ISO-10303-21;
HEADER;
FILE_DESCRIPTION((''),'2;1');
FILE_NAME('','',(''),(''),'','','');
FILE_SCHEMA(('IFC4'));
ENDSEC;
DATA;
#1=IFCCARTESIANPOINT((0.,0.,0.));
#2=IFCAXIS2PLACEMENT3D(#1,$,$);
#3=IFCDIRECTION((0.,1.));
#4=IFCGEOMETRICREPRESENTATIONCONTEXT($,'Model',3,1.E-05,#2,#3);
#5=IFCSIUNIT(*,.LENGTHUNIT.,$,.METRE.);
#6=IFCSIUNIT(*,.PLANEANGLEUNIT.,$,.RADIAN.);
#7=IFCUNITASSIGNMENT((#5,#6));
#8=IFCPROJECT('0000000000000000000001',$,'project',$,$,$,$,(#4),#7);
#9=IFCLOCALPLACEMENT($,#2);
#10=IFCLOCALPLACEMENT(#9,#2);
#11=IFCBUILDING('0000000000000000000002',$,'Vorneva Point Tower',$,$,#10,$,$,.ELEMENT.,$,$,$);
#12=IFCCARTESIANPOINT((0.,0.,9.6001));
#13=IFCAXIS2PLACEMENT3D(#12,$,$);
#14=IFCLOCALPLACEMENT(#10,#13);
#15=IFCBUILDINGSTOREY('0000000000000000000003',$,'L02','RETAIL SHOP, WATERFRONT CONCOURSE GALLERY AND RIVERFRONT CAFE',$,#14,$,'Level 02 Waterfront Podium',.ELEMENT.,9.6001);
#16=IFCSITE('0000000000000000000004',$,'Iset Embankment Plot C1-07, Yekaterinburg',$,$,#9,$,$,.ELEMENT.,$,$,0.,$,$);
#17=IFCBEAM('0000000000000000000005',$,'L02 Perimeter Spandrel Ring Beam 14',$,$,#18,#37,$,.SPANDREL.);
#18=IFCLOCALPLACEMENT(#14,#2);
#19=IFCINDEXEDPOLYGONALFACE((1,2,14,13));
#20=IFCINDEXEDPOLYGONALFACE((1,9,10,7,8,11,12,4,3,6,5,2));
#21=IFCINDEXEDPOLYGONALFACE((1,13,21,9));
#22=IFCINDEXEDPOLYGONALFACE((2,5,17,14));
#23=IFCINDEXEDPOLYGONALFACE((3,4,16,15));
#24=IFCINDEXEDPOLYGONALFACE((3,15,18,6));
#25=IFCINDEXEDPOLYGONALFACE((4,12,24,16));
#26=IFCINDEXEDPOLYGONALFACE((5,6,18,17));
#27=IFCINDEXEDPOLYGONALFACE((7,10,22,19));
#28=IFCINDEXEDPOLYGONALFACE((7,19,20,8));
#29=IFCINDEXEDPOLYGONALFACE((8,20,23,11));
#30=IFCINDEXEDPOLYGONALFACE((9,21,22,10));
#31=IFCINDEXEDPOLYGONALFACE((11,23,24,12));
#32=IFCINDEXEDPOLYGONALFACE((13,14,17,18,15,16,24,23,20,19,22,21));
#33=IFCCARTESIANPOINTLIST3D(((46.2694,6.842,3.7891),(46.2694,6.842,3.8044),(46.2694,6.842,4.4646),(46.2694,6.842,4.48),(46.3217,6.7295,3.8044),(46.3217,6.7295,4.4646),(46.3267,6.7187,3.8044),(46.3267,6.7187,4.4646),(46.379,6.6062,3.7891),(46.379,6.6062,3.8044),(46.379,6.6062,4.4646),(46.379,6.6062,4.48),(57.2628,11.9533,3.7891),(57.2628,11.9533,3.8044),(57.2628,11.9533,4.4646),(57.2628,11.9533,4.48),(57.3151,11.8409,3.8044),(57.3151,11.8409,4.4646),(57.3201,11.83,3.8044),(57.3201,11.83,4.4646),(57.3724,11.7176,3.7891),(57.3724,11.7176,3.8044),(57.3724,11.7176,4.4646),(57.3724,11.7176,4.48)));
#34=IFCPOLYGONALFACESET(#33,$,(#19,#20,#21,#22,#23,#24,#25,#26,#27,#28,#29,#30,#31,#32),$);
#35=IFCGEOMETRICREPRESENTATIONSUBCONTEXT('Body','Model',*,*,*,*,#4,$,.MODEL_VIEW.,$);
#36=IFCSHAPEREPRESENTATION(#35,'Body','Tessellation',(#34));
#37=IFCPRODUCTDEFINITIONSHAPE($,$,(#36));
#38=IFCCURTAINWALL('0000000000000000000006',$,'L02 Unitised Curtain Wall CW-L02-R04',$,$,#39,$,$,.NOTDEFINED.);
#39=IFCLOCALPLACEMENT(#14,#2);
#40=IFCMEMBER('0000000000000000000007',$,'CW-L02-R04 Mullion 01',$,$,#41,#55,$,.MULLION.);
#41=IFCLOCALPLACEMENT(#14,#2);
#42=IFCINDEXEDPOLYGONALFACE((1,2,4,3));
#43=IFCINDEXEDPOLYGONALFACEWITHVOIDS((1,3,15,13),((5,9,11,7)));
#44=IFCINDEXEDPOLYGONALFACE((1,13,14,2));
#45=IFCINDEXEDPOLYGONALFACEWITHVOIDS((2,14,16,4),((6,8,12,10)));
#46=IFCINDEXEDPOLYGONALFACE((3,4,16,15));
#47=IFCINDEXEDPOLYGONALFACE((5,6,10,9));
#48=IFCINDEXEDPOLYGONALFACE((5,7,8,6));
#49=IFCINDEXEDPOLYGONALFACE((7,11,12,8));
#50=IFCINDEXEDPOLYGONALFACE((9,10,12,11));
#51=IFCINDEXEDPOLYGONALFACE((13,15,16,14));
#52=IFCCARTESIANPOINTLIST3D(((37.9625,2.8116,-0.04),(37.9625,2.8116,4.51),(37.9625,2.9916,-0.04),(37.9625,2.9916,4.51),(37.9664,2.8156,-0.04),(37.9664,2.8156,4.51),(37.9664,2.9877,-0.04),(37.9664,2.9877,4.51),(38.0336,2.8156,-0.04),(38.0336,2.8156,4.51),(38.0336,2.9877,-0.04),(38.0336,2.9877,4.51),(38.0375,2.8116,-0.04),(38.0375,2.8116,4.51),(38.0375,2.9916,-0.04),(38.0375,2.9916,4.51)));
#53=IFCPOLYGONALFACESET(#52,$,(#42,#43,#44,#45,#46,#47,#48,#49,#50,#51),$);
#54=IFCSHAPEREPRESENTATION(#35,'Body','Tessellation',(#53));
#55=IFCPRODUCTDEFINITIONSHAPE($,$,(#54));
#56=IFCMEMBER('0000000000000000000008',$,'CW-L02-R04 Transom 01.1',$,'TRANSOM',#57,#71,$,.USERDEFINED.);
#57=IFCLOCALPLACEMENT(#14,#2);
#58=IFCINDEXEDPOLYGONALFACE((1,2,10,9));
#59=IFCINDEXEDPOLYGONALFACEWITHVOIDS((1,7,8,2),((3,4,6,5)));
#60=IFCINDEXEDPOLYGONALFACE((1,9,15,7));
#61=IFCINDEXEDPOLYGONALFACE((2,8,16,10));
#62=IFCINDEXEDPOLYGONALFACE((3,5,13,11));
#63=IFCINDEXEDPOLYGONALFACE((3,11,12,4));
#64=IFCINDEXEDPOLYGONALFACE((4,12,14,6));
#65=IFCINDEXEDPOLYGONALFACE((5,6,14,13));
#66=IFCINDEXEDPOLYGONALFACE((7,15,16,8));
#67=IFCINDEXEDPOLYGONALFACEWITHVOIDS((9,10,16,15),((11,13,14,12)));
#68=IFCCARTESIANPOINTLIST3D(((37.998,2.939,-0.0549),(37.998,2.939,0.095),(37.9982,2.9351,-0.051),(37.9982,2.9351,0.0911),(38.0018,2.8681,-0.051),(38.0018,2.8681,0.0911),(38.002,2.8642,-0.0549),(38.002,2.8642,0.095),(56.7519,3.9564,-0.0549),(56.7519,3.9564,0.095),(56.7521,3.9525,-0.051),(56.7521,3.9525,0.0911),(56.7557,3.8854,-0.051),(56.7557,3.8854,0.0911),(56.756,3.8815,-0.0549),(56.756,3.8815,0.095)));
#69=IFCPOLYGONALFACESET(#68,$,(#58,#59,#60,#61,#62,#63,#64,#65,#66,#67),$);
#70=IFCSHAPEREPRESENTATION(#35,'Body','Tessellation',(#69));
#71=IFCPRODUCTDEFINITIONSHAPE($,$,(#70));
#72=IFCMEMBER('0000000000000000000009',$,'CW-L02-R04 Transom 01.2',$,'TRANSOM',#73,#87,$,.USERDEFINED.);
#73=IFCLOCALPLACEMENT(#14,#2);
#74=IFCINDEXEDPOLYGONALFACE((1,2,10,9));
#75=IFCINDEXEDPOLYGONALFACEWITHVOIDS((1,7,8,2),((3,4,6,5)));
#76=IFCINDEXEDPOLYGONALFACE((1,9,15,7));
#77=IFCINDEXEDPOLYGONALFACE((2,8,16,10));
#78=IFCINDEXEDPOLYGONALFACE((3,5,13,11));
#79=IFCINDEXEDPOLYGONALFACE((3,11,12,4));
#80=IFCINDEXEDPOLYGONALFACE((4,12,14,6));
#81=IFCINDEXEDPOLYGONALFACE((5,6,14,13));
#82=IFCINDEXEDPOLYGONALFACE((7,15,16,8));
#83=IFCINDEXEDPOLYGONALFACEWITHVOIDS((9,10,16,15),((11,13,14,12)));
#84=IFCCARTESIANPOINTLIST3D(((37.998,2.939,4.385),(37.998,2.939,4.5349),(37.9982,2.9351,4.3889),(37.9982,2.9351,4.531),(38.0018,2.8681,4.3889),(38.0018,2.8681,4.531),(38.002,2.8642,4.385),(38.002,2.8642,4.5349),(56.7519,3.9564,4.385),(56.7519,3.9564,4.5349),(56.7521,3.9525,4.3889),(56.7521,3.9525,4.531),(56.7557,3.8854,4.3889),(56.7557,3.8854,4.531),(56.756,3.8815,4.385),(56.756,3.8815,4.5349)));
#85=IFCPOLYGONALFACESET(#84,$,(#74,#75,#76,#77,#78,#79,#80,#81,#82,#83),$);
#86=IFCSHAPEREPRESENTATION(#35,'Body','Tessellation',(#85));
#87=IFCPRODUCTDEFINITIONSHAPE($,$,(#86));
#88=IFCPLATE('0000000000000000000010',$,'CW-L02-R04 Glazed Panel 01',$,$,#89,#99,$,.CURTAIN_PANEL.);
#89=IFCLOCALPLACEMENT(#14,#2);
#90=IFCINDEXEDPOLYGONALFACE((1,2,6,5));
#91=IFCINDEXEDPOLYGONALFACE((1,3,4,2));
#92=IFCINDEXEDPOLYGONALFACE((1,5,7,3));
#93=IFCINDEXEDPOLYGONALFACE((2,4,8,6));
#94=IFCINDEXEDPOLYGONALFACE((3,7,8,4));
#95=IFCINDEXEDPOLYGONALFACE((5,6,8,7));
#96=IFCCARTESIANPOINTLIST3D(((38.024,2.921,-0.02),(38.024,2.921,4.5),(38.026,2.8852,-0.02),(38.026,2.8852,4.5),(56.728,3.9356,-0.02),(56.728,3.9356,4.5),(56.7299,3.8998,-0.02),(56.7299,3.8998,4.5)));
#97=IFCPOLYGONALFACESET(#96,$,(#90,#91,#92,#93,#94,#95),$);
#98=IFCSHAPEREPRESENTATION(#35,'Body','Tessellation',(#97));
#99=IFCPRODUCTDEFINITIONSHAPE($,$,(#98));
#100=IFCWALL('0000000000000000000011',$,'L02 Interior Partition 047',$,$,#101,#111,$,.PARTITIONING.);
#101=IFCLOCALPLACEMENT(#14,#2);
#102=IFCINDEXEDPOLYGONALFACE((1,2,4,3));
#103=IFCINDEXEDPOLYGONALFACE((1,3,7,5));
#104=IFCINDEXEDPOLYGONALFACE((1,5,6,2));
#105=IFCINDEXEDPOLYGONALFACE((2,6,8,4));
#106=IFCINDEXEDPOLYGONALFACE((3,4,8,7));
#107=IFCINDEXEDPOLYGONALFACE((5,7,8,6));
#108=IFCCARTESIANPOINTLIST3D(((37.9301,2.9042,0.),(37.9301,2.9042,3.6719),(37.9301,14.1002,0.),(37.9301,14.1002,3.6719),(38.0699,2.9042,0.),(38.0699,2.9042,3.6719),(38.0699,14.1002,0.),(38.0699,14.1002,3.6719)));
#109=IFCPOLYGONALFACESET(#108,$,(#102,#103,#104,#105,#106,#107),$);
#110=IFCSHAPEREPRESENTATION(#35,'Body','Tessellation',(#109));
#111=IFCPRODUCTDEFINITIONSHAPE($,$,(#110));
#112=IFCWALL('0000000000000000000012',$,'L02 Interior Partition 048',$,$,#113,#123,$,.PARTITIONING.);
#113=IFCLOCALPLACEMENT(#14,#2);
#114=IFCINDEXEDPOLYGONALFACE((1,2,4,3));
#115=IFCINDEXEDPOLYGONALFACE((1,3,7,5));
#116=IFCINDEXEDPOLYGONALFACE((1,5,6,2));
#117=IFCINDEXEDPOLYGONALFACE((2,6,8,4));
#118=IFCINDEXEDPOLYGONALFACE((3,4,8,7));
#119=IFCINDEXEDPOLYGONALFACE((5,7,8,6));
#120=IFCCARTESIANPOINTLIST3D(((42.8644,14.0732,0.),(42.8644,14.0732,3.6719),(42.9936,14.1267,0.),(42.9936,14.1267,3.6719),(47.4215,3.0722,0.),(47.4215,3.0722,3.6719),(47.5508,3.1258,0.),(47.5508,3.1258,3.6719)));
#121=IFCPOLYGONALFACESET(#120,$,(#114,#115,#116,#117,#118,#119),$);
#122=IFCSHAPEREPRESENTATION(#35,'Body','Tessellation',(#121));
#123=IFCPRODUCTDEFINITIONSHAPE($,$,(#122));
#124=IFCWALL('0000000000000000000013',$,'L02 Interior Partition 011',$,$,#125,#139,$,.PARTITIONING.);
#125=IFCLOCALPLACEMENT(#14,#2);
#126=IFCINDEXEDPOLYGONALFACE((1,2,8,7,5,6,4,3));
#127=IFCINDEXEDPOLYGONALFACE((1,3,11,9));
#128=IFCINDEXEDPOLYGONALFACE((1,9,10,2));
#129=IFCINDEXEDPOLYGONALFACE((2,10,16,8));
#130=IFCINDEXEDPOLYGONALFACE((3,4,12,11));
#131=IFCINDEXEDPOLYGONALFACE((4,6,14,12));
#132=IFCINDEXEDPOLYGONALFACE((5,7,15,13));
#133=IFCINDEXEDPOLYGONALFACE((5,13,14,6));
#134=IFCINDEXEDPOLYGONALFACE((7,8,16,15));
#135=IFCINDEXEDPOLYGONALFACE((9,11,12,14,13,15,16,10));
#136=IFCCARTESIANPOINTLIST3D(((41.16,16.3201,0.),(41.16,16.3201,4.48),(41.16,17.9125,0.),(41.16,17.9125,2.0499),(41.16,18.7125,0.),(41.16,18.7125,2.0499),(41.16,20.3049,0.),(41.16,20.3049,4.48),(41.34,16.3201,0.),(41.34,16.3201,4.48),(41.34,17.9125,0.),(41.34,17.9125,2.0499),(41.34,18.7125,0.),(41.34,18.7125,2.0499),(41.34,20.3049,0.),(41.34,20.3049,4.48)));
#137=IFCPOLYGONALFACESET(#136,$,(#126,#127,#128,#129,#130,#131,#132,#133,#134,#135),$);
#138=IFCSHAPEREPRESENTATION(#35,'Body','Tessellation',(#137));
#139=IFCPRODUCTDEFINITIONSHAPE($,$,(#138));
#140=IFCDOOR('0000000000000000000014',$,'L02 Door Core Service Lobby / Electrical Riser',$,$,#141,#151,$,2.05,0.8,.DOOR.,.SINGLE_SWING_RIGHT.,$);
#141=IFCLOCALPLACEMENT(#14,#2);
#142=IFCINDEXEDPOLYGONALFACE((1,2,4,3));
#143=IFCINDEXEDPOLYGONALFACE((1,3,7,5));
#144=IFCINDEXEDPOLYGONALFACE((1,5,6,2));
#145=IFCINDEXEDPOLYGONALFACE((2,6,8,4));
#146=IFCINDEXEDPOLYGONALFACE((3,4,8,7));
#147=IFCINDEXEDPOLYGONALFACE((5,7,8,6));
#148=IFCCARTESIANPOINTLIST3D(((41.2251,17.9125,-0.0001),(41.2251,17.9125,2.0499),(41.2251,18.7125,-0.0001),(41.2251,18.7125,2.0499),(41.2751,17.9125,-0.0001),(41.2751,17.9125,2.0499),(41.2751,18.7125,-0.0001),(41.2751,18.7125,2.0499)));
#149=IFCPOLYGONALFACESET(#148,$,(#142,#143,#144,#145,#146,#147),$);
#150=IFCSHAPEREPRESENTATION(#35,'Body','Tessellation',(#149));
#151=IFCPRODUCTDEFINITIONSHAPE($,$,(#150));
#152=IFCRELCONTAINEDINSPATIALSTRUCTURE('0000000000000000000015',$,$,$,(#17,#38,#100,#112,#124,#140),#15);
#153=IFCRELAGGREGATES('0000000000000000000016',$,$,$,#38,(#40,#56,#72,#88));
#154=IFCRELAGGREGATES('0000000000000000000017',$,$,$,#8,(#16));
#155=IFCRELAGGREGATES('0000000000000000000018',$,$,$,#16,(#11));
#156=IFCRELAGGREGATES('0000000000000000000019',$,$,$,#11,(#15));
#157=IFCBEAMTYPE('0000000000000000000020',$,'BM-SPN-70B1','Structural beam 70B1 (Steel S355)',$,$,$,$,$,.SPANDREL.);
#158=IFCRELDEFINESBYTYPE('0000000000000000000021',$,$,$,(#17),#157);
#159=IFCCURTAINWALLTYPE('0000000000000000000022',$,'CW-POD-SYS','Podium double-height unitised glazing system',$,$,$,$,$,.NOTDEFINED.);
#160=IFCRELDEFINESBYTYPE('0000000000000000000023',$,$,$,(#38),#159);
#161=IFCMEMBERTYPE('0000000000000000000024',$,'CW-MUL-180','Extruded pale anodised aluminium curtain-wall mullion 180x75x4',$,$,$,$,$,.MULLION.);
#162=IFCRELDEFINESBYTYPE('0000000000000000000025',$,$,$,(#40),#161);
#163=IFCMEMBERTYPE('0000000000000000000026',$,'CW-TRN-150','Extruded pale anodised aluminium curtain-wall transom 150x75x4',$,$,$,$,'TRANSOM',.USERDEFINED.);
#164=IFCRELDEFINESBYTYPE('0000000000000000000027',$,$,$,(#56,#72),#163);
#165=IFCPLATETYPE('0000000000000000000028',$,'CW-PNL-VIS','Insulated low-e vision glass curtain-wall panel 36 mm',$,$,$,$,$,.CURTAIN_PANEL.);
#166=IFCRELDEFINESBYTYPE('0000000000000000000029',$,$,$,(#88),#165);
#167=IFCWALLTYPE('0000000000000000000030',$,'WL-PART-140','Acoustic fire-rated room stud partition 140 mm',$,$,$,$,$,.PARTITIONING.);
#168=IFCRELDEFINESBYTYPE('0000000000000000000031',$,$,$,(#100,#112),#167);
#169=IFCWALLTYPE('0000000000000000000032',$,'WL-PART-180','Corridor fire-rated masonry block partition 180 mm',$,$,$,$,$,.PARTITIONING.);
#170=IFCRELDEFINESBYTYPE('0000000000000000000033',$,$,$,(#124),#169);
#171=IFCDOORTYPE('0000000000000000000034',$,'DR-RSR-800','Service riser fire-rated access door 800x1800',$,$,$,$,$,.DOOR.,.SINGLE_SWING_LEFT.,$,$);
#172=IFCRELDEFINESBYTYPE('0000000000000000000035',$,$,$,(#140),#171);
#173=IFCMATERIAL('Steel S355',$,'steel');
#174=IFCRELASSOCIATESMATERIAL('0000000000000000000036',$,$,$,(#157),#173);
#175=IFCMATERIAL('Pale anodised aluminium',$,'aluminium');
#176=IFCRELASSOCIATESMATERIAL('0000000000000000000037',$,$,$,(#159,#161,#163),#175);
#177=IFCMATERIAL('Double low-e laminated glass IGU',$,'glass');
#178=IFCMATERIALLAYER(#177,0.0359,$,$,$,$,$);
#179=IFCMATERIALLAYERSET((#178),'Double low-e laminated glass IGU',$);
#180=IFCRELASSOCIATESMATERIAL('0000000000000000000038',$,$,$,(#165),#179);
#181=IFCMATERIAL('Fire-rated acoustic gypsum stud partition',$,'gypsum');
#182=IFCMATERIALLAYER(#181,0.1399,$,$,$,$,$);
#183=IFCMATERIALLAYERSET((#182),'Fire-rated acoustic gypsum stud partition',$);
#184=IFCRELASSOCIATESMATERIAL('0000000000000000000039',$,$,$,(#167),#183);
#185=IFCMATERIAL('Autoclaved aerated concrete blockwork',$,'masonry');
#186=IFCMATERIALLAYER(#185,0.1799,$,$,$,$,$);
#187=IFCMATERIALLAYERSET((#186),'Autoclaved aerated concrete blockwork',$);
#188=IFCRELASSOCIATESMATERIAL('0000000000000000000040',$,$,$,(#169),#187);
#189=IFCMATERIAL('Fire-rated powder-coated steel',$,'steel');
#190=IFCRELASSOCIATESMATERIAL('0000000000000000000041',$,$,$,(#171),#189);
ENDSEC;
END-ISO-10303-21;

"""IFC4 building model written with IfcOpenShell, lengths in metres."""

from ifc_helpers import new_model, si_unit, direction, frame, frame_2d, origin, origin_2d, place, context, subcontext, project, spatial, rectangle, hollow_rectangle, i_section, extrude, material, layer, layer_set, material_profile, profile_set, type_object, element, fill, aggregate, save


model = new_model("IFC4")

# Units and contexts
model_context = context("Model", 3, precision=1e-05, world=origin(), true_north=direction((0.0, 1.0)))
body_context = subcontext(model_context, "Body", "Model", "MODEL_VIEW")
ifc_project = project(units=[si_unit("LENGTHUNIT", "METRE"), si_unit("PLANEANGLEUNIT", "RADIAN")], contexts=[model_context])

# Site, building, storey
site_placement = place(None, origin())
site = spatial("IfcSite", under=ifc_project, at=site_placement, Name="Iset Embankment Plot C1-07, Yekaterinburg", CompositionType="ELEMENT", RefElevation=0.0)
building_placement = place(site_placement, origin())
building = spatial("IfcBuilding", under=site, at=building_placement, Name="Vorneva Point Tower", CompositionType="ELEMENT")
storey_placement = place(building_placement, frame((0.0, 0.0, 9.6001)))
storey = spatial("IfcBuildingStorey", under=building, at=storey_placement, Name="L02", Description="RETAIL SHOP, WATERFRONT CONCOURSE GALLERY AND RIVERFRONT CAFE", LongName="Level 02 Waterfront Podium", CompositionType="ELEMENT", Elevation=9.6001)

# Beam
ifc_material_1 = material(Name="Steel S355", Category="steel")
ifc_material_profile_1 = material_profile(ifc_material_1, i_section(OverallWidth=0.26, OverallDepth=0.6909, WebThickness=0.012, FlangeThickness=0.0154, at=origin_2d()), Name="70B1")
ifc_profile_set_1 = profile_set([ifc_material_profile_1], Name="Steel S355")
beam_type_1 = type_object("IfcBeamType", Name="BM-SPN-70B1", Description="Structural beam 70B1 (Steel S355)", PredefinedType="SPANDREL", material=ifc_profile_set_1)
beam_1_placement = place(storey_placement, frame((46.3242, 6.7241, 4.1345), z_axis=(0.906781, 0.421603, 0.0), x_axis=(-0.421603, 0.906781, 0.0)))
element("IfcBeam", 1, at=beam_1_placement, inside=storey, type_object=beam_type_1, Name="L02 Perimeter Spandrel Ring Beam 14", PredefinedType="SPANDREL", context=body_context, shape_type="SweptSolid", body=[
    extrude(i_section(OverallWidth=0.26, OverallDepth=0.6909, WebThickness=0.012, FlangeThickness=0.0154, at=origin_2d()), origin(), (0.0, 0.0, 1.0), 12.1235),
])

# Curtain wall, members, plate
ifc_material_2 = material(Name="Pale anodised aluminium", Category="aluminium")
curtain_wall_type = type_object("IfcCurtainWallType", Name="CW-POD-SYS", Description="Podium double-height unitised glazing system", PredefinedType="NOTDEFINED", material=ifc_material_2)
curtain_wall_placement = place(storey_placement, origin())
curtain_wall = element("IfcCurtainWall", 2, at=curtain_wall_placement, inside=storey, type_object=curtain_wall_type, Name="L02 Unitised Curtain Wall CW-L02-R04", PredefinedType="NOTDEFINED")
ifc_material_profile_2 = material_profile(ifc_material_2, hollow_rectangle(XDim=0.075, YDim=0.1799, WallThickness=0.0039, at=origin_2d()), Name="AL-MUL 180x75x4")
ifc_profile_set_2 = profile_set([ifc_material_profile_2], Name="Pale anodised aluminium")
member_type_1 = type_object("IfcMemberType", Name="CW-MUL-180", Description="Extruded pale anodised aluminium curtain-wall mullion 180x75x4", PredefinedType="MULLION", material=ifc_profile_set_2)
member_1_placement = place(storey_placement, frame((38.0, 2.9016, -0.04), z_axis=(0.0, 0.0, 1.0), x_axis=(1.0, 0.0, 0.0)))
member_1 = element("IfcMember", 3, at=member_1_placement, type_object=member_type_1, Name="CW-L02-R04 Mullion 01", PredefinedType="MULLION", context=body_context, shape_type="SweptSolid", body=[
    extrude(hollow_rectangle(XDim=0.075, YDim=0.1799, WallThickness=0.0039, at=origin_2d()), origin(), (0.0, 0.0, 1.0), 4.55),
])
ifc_material_profile_3 = material_profile(ifc_material_2, hollow_rectangle(XDim=0.075, YDim=0.1499, WallThickness=0.0039, at=origin_2d()), Name="AL-TRN 150x75x4")
ifc_profile_set_3 = profile_set([ifc_material_profile_3], Name="Pale anodised aluminium")
member_type_2 = type_object("IfcMemberType", Name="CW-TRN-150", Description="Extruded pale anodised aluminium curtain-wall transom 150x75x4", ElementType="TRANSOM", PredefinedType="USERDEFINED", material=ifc_profile_set_3)
member_2_placement = place(storey_placement, frame((38.0, 2.9016, 0.02), z_axis=(0.998532, 0.054167, 0.0), x_axis=(-0.054167, 0.998532, 0.0)))
member_2 = element("IfcMember", 4, at=member_2_placement, type_object=member_type_2, Name="CW-L02-R04 Transom 01.1", ObjectType="TRANSOM", PredefinedType="USERDEFINED", context=body_context, shape_type="SweptSolid", body=[
    extrude(hollow_rectangle(XDim=0.075, YDim=0.1499, WallThickness=0.0039, at=origin_2d()), origin(), (0.0, 0.0, 1.0), 18.7815),
])
member_3_placement = place(storey_placement, frame((38.0, 2.9016, 4.46), z_axis=(0.998532, 0.054167, 0.0), x_axis=(-0.054167, 0.998532, 0.0)))
member_3 = element("IfcMember", 5, at=member_3_placement, type_object=member_type_2, Name="CW-L02-R04 Transom 01.2", ObjectType="TRANSOM", PredefinedType="USERDEFINED", context=body_context, shape_type="SweptSolid", body=[
    extrude(hollow_rectangle(XDim=0.075, YDim=0.1499, WallThickness=0.0039, at=origin_2d()), origin(), (0.0, 0.0, 1.0), 18.7815),
])
ifc_material_3 = material(Name="Double low-e laminated glass IGU", Category="glass")
ifc_layer_1 = layer(ifc_material_3, 0.0359)
ifc_layer_set_1 = layer_set([ifc_layer_1], Name="Double low-e laminated glass IGU")
plate_type = type_object("IfcPlateType", Name="CW-PNL-VIS", Description="Insulated low-e vision glass curtain-wall panel 36 mm", PredefinedType="CURTAIN_PANEL", material=ifc_layer_set_1)
plate_placement = place(storey_placement, frame((47.377, 3.4104, -0.02), z_axis=(0.0, 0.0, 1.0), x_axis=(0.998532, 0.054166, 0.0)))
plate = element("IfcPlate", 6, at=plate_placement, type_object=plate_type, Name="CW-L02-R04 Glazed Panel 01", PredefinedType="CURTAIN_PANEL", context=body_context, shape_type="SweptSolid", body=[
    extrude(rectangle(XDim=18.7314, YDim=0.0359, at=origin_2d()), origin(), (0.0, 0.0, 1.0), 4.52),
])
aggregate(curtain_wall, [member_1, member_2, member_3, plate])

# Walls
ifc_material_4 = material(Name="Fire-rated acoustic gypsum stud partition", Category="gypsum")
ifc_layer_2 = layer(ifc_material_4, 0.1399)
ifc_layer_set_2 = layer_set([ifc_layer_2], Name="Fire-rated acoustic gypsum stud partition")
wall_type_1 = type_object("IfcWallType", Name="WL-PART-140", Description="Acoustic fire-rated room stud partition 140 mm", PredefinedType="PARTITIONING", material=ifc_layer_set_2)
wall_1_placement = place(storey_placement, frame((38.0, 2.9041, 0.0), z_axis=(0.0, 0.0, 1.0), x_axis=(0.0, 1.0, 0.0)))
element("IfcWall", 7, at=wall_1_placement, inside=storey, type_object=wall_type_1, Name="L02 Interior Partition 047", PredefinedType="PARTITIONING", context=body_context, shape_type="SweptSolid", body=[
    extrude(rectangle(XDim=11.196, YDim=0.1399, at=frame_2d((5.5981, 0.0))), origin(), (0.0, 0.0, 1.0), 3.6719),
])
wall_2_placement = place(storey_placement, frame((47.4861, 3.0991, 0.0), z_axis=(0.0, 0.0, 1.0), x_axis=(-0.38271, 0.923868, 0.0)))
element("IfcWall", 8, at=wall_2_placement, inside=storey, type_object=wall_type_1, Name="L02 Interior Partition 048", PredefinedType="PARTITIONING", context=body_context, shape_type="SweptSolid", body=[
    extrude(rectangle(XDim=11.9075, YDim=0.1399, at=frame_2d((5.9536, 0.0))), origin(), (0.0, 0.0, 1.0), 3.6719),
])

# Wall, opening, door
ifc_material_5 = material(Name="Autoclaved aerated concrete blockwork", Category="masonry")
ifc_layer_3 = layer(ifc_material_5, 0.1799)
ifc_layer_set_3 = layer_set([ifc_layer_3], Name="Autoclaved aerated concrete blockwork")
wall_type_2 = type_object("IfcWallType", Name="WL-PART-180", Description="Corridor fire-rated masonry block partition 180 mm", PredefinedType="PARTITIONING", material=ifc_layer_set_3)
wall_3_placement = place(storey_placement, frame((41.25, 16.3201, 0.0), z_axis=(0.0, 0.0, 1.0), x_axis=(0.0, 1.0, 0.0)))
wall_3 = element("IfcWall", 9, at=wall_3_placement, inside=storey, type_object=wall_type_2, Name="L02 Interior Partition 011", PredefinedType="PARTITIONING", context=body_context, shape_type="SweptSolid", body=[
    extrude(rectangle(XDim=3.9849, YDim=0.1799, at=frame_2d((1.9924, 0.0))), origin(), (0.0, 0.0, 1.0), 4.48),
])
opening_1_placement = place(wall_3_placement, frame((1.5925, 0.0, 0.0)))
opening_1 = element("IfcOpeningElement", 10, at=opening_1_placement, cuts=wall_3, PredefinedType="OPENING", context=body_context, shape_type="SweptSolid", body=[
    extrude(rectangle(XDim=0.8, YDim=2.05, at=frame_2d((0.3999, 1.0249))), frame((0.0, 0.105, 0.0), z_axis=(0.0, -1.0, 0.0), x_axis=(1.0, 0.0, 0.0)), (0.0, 0.0, 1.0), 0.2097),
])
ifc_material_6 = material(Name="Fire-rated powder-coated steel", Category="steel")
door_type_1 = type_object("IfcDoorType", Name="DR-RSR-800", Description="Service riser fire-rated access door 800x1800", OperationType="SINGLE_SWING_LEFT", PredefinedType="DOOR", material=ifc_material_6)
door_1_placement = place(opening_1_placement, origin())
door_1 = element("IfcDoor", 11, at=door_1_placement, inside=storey, type_object=door_type_1, Name="L02 Door Core Service Lobby / Electrical Riser", OperationType="SINGLE_SWING_RIGHT", OverallHeight=2.05, OverallWidth=0.8, PredefinedType="DOOR", context=body_context, shape_type="SweptSolid", body=[
    extrude(rectangle(XDim=0.8, YDim=2.05, at=frame_2d((0.3999, 1.0249))), frame((0.0, 0.0249, 0.0), z_axis=(0.0, -1.0, 0.0), x_axis=(1.0, 0.0, 0.0)), (0.0, 0.0, 1.0), 0.05),
])
fill(opening_1, door_1)

save(model, "model.ifc")
